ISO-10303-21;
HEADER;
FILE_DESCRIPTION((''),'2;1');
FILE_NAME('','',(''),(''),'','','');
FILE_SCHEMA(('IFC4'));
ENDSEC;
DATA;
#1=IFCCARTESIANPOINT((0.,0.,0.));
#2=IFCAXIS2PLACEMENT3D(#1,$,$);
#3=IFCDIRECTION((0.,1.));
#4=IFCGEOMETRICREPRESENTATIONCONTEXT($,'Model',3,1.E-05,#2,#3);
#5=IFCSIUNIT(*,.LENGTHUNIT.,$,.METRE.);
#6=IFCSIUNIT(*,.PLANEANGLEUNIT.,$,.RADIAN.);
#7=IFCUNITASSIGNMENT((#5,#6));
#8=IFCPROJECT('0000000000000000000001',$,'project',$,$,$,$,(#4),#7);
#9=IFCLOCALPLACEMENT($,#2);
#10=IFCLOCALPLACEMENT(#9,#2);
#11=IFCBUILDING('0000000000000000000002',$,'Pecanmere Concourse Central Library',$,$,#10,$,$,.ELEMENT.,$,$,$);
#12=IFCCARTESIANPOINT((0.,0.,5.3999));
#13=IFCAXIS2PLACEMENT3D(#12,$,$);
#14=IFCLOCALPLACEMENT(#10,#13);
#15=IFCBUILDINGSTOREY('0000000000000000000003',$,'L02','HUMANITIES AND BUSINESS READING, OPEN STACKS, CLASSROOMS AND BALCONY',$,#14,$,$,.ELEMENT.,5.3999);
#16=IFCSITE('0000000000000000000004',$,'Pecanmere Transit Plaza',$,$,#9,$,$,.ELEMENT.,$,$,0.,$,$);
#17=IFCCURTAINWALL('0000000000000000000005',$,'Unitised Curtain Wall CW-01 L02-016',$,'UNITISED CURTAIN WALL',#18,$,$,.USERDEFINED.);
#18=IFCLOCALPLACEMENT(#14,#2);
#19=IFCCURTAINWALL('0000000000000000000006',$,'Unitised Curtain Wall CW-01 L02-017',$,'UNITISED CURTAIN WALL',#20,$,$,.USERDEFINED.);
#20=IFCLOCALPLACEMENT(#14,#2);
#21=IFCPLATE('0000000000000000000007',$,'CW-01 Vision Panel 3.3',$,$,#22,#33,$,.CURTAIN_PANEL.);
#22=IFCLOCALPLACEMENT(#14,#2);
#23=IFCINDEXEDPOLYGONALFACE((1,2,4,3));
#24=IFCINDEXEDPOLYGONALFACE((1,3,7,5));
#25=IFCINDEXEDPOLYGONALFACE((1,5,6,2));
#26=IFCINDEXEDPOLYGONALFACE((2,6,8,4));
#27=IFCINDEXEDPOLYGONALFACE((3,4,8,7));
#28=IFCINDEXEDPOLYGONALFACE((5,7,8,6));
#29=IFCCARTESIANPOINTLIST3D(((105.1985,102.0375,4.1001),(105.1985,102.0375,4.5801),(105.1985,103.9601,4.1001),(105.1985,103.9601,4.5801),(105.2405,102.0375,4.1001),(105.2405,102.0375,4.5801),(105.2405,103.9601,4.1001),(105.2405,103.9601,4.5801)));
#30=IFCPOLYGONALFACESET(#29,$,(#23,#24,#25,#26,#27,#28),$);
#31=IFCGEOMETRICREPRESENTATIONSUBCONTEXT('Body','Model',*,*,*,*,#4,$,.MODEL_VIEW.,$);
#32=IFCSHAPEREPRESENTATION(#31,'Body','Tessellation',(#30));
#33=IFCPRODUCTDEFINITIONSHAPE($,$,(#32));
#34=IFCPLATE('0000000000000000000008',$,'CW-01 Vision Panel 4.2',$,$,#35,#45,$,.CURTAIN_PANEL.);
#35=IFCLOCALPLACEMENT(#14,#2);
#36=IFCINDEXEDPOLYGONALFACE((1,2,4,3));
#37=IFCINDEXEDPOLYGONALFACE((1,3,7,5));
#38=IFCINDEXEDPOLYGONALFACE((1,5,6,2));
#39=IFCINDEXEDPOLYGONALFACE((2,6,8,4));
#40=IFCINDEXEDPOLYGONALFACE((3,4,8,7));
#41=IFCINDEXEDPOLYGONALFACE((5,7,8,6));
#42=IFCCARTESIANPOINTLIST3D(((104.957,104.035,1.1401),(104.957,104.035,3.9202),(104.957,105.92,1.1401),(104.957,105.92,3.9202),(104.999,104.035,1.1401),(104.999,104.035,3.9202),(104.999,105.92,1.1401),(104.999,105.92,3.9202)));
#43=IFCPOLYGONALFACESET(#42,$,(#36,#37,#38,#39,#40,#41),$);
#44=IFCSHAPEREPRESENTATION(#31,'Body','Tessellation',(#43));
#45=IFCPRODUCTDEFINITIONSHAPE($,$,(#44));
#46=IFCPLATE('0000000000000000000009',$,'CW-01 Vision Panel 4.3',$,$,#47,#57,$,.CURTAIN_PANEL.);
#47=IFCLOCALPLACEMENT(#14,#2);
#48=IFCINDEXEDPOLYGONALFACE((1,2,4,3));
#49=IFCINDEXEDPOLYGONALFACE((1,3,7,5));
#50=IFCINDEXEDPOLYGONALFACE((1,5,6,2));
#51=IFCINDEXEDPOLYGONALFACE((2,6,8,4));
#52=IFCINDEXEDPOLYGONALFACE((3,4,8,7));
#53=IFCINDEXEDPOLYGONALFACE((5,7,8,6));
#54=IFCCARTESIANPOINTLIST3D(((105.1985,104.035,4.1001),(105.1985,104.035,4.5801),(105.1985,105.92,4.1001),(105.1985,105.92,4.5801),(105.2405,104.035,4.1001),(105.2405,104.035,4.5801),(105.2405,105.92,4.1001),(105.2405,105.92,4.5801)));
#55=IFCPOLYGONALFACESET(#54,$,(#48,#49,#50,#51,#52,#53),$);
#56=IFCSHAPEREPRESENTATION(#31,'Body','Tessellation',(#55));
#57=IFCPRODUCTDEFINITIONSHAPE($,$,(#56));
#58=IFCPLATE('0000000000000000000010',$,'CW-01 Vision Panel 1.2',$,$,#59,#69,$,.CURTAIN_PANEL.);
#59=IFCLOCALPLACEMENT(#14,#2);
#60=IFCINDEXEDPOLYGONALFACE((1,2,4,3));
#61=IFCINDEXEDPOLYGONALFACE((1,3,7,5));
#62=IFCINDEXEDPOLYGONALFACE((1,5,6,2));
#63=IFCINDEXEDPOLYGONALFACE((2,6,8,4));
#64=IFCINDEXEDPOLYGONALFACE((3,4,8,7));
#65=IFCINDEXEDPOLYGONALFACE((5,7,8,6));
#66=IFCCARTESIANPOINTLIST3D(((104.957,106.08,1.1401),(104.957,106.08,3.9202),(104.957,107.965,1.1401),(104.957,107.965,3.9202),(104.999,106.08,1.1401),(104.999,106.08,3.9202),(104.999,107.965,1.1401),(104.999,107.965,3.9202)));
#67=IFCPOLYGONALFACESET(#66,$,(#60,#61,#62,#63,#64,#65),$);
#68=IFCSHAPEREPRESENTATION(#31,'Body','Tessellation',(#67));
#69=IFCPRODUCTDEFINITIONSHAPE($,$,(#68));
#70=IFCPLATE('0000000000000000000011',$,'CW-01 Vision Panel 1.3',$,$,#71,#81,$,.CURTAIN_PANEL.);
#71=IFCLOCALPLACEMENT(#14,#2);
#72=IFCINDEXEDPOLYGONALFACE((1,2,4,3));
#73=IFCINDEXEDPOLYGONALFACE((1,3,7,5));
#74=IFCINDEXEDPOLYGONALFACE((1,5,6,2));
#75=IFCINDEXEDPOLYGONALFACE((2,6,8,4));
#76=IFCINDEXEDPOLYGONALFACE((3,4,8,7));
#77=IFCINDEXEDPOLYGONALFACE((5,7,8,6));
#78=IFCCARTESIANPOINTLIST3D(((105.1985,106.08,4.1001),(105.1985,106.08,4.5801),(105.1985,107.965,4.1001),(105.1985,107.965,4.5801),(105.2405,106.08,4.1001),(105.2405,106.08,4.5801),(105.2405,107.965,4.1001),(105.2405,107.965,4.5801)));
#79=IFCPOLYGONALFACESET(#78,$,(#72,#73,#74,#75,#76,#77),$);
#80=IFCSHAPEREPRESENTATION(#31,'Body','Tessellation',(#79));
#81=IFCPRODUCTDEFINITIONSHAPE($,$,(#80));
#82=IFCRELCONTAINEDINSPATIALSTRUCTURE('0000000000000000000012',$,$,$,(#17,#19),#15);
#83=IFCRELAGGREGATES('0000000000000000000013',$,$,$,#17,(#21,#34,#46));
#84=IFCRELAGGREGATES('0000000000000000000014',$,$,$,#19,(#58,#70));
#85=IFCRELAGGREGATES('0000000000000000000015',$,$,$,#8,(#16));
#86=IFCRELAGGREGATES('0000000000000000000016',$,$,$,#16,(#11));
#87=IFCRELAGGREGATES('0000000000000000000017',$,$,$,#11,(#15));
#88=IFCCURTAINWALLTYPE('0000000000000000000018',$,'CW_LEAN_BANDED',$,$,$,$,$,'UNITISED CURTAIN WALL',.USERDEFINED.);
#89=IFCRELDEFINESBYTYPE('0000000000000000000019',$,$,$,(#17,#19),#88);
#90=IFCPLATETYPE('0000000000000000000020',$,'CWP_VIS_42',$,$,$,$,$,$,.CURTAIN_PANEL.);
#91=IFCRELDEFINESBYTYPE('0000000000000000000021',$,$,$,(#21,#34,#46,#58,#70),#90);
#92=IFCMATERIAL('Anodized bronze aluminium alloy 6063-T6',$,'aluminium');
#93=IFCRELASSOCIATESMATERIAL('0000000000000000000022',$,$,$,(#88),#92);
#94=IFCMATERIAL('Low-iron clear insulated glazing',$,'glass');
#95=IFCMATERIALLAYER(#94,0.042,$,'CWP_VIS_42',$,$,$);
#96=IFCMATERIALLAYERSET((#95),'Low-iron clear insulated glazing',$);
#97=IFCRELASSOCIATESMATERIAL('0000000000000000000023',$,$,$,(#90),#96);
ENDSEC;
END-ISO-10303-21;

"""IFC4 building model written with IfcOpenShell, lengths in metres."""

from ifc_helpers import new_model, si_unit, direction, frame, origin, origin_2d, place, context, subcontext, project, spatial, rectangle, extrude, material, layer, layer_set, type_object, element, aggregate, save


model = new_model("IFC4")

# Units and contexts
model_context = context("Model", 3, precision=1e-05, world=origin(), true_north=direction((0.0, 1.0)))
body_context = subcontext(model_context, "Body", "Model", "MODEL_VIEW")
ifc_project = project(units=[si_unit("LENGTHUNIT", "METRE"), si_unit("PLANEANGLEUNIT", "RADIAN")], contexts=[model_context])

# Site, building, storey
site_placement = place(None, origin())
site = spatial("IfcSite", under=ifc_project, at=site_placement, Name="Pecanmere Transit Plaza", CompositionType="ELEMENT", RefElevation=0.0)
building_placement = place(site_placement, origin())
building = spatial("IfcBuilding", under=site, at=building_placement, Name="Pecanmere Concourse Central Library", CompositionType="ELEMENT")
storey_placement = place(building_placement, frame((0.0, 0.0, 5.3999)))
storey = spatial("IfcBuildingStorey", under=building, at=storey_placement, Name="L02", Description="HUMANITIES AND BUSINESS READING, OPEN STACKS, CLASSROOMS AND BALCONY", CompositionType="ELEMENT", Elevation=5.3999)

# Curtain walls
ifc_material_1 = material(Name="Anodized bronze aluminium alloy 6063-T6", Category="aluminium")
curtain_wall_type = type_object("IfcCurtainWallType", Name="CW_LEAN_BANDED", ElementType="UNITISED CURTAIN WALL", PredefinedType="USERDEFINED", material=ifc_material_1)
curtain_wall_1_placement = place(storey_placement, origin())
curtain_wall_1 = element("IfcCurtainWall", 1, at=curtain_wall_1_placement, inside=storey, type_object=curtain_wall_type, Name="Unitised Curtain Wall CW-01 L02-016", ObjectType="UNITISED CURTAIN WALL", PredefinedType="USERDEFINED")
curtain_wall_2_placement = place(storey_placement, origin())
curtain_wall_2 = element("IfcCurtainWall", 2, at=curtain_wall_2_placement, inside=storey, type_object=curtain_wall_type, Name="Unitised Curtain Wall CW-01 L02-017", ObjectType="UNITISED CURTAIN WALL", PredefinedType="USERDEFINED")

# Plates
ifc_material_2 = material(Name="Low-iron clear insulated glazing", Category="glass")
ifc_layer = layer(ifc_material_2, 0.042, Name="CWP_VIS_42")
ifc_layer_set = layer_set([ifc_layer], Name="Low-iron clear insulated glazing")
plate_type = type_object("IfcPlateType", Name="CWP_VIS_42", PredefinedType="CURTAIN_PANEL", material=ifc_layer_set)
plate_1_placement = place(storey_placement, frame((105.2195, 102.9988, 4.1001), z_axis=(0.0, 0.0, 1.0), x_axis=(0.0, 1.0, 0.0)))
plate_1 = element("IfcPlate", 3, at=plate_1_placement, type_object=plate_type, Name="CW-01 Vision Panel 3.3", PredefinedType="CURTAIN_PANEL", context=body_context, shape_type="SweptSolid", body=[
    extrude(rectangle(XDim=1.9226, YDim=0.042, at=origin_2d()), origin(), (0.0, 0.0, 1.0), 0.48),
])
plate_2_placement = place(storey_placement, frame((104.978, 104.9775, 1.1401), z_axis=(0.0, 0.0, 1.0), x_axis=(0.0, 1.0, 0.0)))
plate_2 = element("IfcPlate", 4, at=plate_2_placement, type_object=plate_type, Name="CW-01 Vision Panel 4.2", PredefinedType="CURTAIN_PANEL", context=body_context, shape_type="SweptSolid", body=[
    extrude(rectangle(XDim=1.885, YDim=0.042, at=origin_2d()), origin(), (0.0, 0.0, 1.0), 2.78),
])
plate_3_placement = place(storey_placement, frame((105.2195, 104.9775, 4.1001), z_axis=(0.0, 0.0, 1.0), x_axis=(0.0, 1.0, 0.0)))
plate_3 = element("IfcPlate", 5, at=plate_3_placement, type_object=plate_type, Name="CW-01 Vision Panel 4.3", PredefinedType="CURTAIN_PANEL", context=body_context, shape_type="SweptSolid", body=[
    extrude(rectangle(XDim=1.885, YDim=0.042, at=origin_2d()), origin(), (0.0, 0.0, 1.0), 0.48),
])
aggregate(curtain_wall_1, [plate_1, plate_2, plate_3])
plate_4_placement = place(storey_placement, frame((104.978, 107.0225, 1.1401), z_axis=(0.0, 0.0, 1.0), x_axis=(0.0, 1.0, 0.0)))
plate_4 = element("IfcPlate", 6, at=plate_4_placement, type_object=plate_type, Name="CW-01 Vision Panel 1.2", PredefinedType="CURTAIN_PANEL", context=body_context, shape_type="SweptSolid", body=[
    extrude(rectangle(XDim=1.885, YDim=0.042, at=origin_2d()), origin(), (0.0, 0.0, 1.0), 2.78),
])
plate_5_placement = place(storey_placement, frame((105.2195, 107.0225, 4.1001), z_axis=(0.0, 0.0, 1.0), x_axis=(0.0, 1.0, 0.0)))
plate_5 = element("IfcPlate", 7, at=plate_5_placement, type_object=plate_type, Name="CW-01 Vision Panel 1.3", PredefinedType="CURTAIN_PANEL", context=body_context, shape_type="SweptSolid", body=[
    extrude(rectangle(XDim=1.885, YDim=0.042, at=origin_2d()), origin(), (0.0, 0.0, 1.0), 0.48),
])
aggregate(curtain_wall_2, [plate_4, plate_5])

save(model, "model.ifc")
